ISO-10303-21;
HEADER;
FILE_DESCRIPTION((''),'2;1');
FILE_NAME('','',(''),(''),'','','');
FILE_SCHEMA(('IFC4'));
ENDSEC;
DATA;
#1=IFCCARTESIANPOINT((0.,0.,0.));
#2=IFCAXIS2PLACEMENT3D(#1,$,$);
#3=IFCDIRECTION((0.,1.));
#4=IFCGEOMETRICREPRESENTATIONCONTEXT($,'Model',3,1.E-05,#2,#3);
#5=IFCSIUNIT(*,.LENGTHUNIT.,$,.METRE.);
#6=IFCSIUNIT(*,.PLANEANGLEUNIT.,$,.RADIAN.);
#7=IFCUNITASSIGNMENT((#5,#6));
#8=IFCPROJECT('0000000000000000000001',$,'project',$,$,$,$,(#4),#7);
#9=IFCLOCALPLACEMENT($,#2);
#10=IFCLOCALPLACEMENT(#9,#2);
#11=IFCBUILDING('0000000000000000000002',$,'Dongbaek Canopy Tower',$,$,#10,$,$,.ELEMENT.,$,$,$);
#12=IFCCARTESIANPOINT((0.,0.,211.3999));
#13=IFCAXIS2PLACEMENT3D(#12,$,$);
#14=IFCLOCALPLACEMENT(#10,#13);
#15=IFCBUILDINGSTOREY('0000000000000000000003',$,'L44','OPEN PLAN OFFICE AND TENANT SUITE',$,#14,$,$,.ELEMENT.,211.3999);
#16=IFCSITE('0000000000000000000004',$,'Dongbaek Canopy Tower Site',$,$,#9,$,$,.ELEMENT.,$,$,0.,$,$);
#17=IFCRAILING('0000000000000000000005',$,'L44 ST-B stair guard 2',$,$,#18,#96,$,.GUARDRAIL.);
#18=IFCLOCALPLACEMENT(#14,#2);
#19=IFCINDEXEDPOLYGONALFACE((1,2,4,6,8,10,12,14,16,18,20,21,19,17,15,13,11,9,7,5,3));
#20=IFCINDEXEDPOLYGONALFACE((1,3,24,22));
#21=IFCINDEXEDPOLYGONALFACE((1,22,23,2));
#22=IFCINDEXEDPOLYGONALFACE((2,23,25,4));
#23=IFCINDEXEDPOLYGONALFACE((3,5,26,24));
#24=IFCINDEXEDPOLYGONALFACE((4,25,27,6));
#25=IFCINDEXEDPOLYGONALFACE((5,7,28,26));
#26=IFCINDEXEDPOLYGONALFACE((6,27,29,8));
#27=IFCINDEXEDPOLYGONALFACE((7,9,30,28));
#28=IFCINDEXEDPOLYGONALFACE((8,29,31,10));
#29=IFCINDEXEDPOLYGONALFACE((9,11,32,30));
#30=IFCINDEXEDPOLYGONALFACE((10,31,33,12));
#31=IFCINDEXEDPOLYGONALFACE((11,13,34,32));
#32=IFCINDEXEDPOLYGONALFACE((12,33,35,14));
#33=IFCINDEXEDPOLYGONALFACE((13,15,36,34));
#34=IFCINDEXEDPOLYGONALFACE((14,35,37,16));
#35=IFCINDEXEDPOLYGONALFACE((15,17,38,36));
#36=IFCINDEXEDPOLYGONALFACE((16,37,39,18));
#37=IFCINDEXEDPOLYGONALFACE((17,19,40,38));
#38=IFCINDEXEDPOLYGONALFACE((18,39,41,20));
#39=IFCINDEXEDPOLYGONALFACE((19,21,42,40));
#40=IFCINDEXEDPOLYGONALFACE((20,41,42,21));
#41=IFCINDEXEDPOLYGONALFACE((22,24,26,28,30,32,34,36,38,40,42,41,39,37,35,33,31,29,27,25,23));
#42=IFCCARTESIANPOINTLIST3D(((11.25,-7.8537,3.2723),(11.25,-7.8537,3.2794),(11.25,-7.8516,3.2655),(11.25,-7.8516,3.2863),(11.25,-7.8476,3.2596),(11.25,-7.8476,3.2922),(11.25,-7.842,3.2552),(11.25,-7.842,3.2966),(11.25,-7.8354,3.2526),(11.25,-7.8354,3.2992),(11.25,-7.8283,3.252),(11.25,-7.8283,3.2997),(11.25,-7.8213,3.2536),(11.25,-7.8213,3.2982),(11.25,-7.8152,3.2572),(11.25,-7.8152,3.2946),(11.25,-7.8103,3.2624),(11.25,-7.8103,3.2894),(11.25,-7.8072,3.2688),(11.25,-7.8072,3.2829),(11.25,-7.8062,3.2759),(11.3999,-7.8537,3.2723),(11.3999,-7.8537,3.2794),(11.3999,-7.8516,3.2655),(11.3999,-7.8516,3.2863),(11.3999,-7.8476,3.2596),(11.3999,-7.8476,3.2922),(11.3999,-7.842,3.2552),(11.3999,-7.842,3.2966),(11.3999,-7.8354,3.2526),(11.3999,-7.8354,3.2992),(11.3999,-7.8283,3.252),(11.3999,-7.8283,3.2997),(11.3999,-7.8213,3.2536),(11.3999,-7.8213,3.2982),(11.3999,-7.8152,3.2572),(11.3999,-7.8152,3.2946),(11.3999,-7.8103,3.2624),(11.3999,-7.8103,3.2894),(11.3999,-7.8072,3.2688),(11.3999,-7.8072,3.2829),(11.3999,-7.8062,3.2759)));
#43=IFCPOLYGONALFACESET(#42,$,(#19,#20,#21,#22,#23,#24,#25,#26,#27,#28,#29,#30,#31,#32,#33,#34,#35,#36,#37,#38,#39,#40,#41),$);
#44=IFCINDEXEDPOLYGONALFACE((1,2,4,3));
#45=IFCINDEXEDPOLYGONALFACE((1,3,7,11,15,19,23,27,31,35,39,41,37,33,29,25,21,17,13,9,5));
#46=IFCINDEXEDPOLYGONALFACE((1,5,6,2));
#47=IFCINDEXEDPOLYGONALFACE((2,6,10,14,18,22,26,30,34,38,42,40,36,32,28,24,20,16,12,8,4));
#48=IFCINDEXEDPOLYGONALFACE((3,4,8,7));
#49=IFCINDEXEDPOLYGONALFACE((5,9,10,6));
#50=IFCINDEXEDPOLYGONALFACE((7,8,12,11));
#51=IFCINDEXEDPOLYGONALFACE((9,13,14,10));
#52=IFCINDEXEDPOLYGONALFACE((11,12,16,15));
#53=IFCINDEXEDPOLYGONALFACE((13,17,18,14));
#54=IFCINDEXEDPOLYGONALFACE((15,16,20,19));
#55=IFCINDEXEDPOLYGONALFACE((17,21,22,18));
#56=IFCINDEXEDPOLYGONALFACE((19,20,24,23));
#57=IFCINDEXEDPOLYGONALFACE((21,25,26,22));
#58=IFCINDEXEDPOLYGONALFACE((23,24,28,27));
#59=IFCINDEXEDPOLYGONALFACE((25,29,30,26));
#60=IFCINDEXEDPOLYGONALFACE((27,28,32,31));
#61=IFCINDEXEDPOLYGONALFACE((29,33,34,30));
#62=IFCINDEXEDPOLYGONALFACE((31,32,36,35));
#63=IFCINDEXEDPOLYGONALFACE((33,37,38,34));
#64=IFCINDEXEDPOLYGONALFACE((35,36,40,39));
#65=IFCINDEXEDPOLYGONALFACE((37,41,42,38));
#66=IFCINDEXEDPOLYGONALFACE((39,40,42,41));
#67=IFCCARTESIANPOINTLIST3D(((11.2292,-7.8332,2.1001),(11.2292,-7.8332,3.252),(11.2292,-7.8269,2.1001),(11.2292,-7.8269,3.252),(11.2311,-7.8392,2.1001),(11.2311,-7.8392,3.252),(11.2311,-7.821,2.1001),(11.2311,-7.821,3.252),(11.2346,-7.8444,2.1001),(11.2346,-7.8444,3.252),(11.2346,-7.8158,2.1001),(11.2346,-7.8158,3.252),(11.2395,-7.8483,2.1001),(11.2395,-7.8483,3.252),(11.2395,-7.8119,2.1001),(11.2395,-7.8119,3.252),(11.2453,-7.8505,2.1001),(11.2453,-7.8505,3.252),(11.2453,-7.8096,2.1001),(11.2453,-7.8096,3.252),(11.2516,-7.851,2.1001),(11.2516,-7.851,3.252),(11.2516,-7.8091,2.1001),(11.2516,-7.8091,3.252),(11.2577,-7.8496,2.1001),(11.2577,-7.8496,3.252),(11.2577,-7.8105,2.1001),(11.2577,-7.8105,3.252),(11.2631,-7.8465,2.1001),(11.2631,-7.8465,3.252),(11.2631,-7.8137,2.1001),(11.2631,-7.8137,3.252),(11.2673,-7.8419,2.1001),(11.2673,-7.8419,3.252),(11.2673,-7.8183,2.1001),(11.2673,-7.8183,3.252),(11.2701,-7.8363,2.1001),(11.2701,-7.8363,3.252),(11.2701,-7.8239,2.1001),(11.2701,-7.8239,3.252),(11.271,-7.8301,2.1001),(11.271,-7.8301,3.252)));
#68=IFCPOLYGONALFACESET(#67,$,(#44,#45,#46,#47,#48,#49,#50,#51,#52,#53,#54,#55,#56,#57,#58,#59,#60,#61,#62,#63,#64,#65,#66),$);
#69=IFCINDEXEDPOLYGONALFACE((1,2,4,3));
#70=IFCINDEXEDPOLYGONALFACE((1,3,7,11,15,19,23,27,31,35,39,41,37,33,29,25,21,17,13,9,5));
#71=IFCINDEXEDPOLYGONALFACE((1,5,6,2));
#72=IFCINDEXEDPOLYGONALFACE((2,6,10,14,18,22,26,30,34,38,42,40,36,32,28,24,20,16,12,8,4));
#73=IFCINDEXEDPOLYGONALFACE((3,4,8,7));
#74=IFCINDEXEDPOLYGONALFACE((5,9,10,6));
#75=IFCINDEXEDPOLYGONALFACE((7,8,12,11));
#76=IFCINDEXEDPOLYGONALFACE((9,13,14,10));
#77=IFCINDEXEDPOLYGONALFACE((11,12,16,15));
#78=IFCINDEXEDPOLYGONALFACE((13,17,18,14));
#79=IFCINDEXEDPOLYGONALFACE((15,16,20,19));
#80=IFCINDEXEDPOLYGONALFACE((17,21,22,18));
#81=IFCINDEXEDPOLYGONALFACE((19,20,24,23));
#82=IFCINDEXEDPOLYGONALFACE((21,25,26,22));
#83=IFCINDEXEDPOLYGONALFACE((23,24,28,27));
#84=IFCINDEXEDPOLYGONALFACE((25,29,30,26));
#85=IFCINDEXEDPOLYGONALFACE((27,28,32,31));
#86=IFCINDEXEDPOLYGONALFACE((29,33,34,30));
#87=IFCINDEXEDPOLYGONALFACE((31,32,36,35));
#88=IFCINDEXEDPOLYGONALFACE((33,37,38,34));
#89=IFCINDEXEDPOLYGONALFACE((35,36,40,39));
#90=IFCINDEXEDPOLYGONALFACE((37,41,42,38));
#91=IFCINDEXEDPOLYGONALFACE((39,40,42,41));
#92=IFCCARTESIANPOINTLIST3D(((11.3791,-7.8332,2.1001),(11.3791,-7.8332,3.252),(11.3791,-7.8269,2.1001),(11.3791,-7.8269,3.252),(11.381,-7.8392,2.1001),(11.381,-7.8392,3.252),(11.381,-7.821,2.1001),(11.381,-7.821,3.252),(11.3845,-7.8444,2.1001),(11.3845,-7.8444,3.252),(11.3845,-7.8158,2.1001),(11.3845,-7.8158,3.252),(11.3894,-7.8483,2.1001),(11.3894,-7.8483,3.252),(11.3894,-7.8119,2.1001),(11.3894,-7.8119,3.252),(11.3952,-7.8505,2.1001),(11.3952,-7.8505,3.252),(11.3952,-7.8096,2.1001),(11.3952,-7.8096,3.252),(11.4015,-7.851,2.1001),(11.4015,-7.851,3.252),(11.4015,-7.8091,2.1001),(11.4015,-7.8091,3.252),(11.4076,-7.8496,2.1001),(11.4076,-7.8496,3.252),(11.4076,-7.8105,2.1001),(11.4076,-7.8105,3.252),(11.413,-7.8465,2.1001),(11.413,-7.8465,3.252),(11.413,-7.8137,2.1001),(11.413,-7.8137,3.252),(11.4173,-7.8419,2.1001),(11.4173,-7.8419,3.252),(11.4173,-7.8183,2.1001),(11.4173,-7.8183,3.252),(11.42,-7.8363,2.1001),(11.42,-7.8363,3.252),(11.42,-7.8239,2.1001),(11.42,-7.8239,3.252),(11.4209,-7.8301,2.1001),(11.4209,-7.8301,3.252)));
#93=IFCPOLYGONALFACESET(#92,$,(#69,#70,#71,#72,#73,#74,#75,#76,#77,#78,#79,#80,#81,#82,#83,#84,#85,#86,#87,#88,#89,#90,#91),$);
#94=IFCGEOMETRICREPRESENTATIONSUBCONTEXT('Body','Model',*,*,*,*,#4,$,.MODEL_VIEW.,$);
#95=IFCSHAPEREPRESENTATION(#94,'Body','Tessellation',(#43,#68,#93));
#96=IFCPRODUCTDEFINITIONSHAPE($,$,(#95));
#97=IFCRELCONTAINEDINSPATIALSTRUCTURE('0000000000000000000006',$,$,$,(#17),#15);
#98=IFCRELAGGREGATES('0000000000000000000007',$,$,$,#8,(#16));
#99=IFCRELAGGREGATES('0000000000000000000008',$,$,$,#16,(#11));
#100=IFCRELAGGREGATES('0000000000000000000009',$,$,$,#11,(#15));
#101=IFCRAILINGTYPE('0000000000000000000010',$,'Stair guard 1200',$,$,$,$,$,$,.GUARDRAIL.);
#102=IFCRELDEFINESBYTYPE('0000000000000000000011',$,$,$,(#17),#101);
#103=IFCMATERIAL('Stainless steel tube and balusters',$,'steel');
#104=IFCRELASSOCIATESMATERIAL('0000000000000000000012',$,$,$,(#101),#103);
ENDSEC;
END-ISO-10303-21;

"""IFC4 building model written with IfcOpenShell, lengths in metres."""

from ifc_helpers import new_model, si_unit, direction, frame, origin, origin_2d, place, context, subcontext, project, spatial, circle, extrude, material, type_object, element, save


model = new_model("IFC4")

# Units and contexts
model_context = context("Model", 3, precision=1e-05, world=origin(), true_north=direction((0.0, 1.0)))
body_context = subcontext(model_context, "Body", "Model", "MODEL_VIEW")
ifc_project = project(units=[si_unit("LENGTHUNIT", "METRE"), si_unit("PLANEANGLEUNIT", "RADIAN")], contexts=[model_context])

# Site, building, storey
site_placement = place(None, origin())
site = spatial("IfcSite", under=ifc_project, at=site_placement, Name="Dongbaek Canopy Tower Site", CompositionType="ELEMENT", RefElevation=0.0)
building_placement = place(site_placement, origin())
building = spatial("IfcBuilding", under=site, at=building_placement, Name="Dongbaek Canopy Tower", CompositionType="ELEMENT")
storey_placement = place(building_placement, frame((0.0, 0.0, 211.3999)))
storey = spatial("IfcBuildingStorey", under=building, at=storey_placement, Name="L44", Description="OPEN PLAN OFFICE AND TENANT SUITE", CompositionType="ELEMENT", Elevation=211.3999)

# Railing
ifc_material_1 = material(Name="Stainless steel tube and balusters", Category="steel")
railing_type_1 = type_object("IfcRailingType", Name="Stair guard 1200", PredefinedType="GUARDRAIL", material=ifc_material_1)
railing_1_placement = place(storey_placement, frame((11.25, -7.8301, 2.1001)))
element("IfcRailing", 1, at=railing_1_placement, inside=storey, type_object=railing_type_1, Name="L44 ST-B stair guard 2", PredefinedType="GUARDRAIL", context=body_context, shape_type="SweptSolid", body=[
    extrude(circle(Radius=0.0239, at=origin_2d()), frame((0.0, 0.0, 1.1758), z_axis=(1.0, 0.0, 0.0), x_axis=(0.0, 1.0, 0.0)), (0.0, 0.0, 1.0), 0.1499),
    extrude(circle(Radius=0.021, at=origin_2d()), origin(), (0.0, 0.0, 1.0), 1.1519),
    extrude(circle(Radius=0.021, at=origin_2d()), frame((0.1499, 0.0, 0.0)), (0.0, 0.0, 1.0), 1.1519),
])

save(model, "model.ifc")
